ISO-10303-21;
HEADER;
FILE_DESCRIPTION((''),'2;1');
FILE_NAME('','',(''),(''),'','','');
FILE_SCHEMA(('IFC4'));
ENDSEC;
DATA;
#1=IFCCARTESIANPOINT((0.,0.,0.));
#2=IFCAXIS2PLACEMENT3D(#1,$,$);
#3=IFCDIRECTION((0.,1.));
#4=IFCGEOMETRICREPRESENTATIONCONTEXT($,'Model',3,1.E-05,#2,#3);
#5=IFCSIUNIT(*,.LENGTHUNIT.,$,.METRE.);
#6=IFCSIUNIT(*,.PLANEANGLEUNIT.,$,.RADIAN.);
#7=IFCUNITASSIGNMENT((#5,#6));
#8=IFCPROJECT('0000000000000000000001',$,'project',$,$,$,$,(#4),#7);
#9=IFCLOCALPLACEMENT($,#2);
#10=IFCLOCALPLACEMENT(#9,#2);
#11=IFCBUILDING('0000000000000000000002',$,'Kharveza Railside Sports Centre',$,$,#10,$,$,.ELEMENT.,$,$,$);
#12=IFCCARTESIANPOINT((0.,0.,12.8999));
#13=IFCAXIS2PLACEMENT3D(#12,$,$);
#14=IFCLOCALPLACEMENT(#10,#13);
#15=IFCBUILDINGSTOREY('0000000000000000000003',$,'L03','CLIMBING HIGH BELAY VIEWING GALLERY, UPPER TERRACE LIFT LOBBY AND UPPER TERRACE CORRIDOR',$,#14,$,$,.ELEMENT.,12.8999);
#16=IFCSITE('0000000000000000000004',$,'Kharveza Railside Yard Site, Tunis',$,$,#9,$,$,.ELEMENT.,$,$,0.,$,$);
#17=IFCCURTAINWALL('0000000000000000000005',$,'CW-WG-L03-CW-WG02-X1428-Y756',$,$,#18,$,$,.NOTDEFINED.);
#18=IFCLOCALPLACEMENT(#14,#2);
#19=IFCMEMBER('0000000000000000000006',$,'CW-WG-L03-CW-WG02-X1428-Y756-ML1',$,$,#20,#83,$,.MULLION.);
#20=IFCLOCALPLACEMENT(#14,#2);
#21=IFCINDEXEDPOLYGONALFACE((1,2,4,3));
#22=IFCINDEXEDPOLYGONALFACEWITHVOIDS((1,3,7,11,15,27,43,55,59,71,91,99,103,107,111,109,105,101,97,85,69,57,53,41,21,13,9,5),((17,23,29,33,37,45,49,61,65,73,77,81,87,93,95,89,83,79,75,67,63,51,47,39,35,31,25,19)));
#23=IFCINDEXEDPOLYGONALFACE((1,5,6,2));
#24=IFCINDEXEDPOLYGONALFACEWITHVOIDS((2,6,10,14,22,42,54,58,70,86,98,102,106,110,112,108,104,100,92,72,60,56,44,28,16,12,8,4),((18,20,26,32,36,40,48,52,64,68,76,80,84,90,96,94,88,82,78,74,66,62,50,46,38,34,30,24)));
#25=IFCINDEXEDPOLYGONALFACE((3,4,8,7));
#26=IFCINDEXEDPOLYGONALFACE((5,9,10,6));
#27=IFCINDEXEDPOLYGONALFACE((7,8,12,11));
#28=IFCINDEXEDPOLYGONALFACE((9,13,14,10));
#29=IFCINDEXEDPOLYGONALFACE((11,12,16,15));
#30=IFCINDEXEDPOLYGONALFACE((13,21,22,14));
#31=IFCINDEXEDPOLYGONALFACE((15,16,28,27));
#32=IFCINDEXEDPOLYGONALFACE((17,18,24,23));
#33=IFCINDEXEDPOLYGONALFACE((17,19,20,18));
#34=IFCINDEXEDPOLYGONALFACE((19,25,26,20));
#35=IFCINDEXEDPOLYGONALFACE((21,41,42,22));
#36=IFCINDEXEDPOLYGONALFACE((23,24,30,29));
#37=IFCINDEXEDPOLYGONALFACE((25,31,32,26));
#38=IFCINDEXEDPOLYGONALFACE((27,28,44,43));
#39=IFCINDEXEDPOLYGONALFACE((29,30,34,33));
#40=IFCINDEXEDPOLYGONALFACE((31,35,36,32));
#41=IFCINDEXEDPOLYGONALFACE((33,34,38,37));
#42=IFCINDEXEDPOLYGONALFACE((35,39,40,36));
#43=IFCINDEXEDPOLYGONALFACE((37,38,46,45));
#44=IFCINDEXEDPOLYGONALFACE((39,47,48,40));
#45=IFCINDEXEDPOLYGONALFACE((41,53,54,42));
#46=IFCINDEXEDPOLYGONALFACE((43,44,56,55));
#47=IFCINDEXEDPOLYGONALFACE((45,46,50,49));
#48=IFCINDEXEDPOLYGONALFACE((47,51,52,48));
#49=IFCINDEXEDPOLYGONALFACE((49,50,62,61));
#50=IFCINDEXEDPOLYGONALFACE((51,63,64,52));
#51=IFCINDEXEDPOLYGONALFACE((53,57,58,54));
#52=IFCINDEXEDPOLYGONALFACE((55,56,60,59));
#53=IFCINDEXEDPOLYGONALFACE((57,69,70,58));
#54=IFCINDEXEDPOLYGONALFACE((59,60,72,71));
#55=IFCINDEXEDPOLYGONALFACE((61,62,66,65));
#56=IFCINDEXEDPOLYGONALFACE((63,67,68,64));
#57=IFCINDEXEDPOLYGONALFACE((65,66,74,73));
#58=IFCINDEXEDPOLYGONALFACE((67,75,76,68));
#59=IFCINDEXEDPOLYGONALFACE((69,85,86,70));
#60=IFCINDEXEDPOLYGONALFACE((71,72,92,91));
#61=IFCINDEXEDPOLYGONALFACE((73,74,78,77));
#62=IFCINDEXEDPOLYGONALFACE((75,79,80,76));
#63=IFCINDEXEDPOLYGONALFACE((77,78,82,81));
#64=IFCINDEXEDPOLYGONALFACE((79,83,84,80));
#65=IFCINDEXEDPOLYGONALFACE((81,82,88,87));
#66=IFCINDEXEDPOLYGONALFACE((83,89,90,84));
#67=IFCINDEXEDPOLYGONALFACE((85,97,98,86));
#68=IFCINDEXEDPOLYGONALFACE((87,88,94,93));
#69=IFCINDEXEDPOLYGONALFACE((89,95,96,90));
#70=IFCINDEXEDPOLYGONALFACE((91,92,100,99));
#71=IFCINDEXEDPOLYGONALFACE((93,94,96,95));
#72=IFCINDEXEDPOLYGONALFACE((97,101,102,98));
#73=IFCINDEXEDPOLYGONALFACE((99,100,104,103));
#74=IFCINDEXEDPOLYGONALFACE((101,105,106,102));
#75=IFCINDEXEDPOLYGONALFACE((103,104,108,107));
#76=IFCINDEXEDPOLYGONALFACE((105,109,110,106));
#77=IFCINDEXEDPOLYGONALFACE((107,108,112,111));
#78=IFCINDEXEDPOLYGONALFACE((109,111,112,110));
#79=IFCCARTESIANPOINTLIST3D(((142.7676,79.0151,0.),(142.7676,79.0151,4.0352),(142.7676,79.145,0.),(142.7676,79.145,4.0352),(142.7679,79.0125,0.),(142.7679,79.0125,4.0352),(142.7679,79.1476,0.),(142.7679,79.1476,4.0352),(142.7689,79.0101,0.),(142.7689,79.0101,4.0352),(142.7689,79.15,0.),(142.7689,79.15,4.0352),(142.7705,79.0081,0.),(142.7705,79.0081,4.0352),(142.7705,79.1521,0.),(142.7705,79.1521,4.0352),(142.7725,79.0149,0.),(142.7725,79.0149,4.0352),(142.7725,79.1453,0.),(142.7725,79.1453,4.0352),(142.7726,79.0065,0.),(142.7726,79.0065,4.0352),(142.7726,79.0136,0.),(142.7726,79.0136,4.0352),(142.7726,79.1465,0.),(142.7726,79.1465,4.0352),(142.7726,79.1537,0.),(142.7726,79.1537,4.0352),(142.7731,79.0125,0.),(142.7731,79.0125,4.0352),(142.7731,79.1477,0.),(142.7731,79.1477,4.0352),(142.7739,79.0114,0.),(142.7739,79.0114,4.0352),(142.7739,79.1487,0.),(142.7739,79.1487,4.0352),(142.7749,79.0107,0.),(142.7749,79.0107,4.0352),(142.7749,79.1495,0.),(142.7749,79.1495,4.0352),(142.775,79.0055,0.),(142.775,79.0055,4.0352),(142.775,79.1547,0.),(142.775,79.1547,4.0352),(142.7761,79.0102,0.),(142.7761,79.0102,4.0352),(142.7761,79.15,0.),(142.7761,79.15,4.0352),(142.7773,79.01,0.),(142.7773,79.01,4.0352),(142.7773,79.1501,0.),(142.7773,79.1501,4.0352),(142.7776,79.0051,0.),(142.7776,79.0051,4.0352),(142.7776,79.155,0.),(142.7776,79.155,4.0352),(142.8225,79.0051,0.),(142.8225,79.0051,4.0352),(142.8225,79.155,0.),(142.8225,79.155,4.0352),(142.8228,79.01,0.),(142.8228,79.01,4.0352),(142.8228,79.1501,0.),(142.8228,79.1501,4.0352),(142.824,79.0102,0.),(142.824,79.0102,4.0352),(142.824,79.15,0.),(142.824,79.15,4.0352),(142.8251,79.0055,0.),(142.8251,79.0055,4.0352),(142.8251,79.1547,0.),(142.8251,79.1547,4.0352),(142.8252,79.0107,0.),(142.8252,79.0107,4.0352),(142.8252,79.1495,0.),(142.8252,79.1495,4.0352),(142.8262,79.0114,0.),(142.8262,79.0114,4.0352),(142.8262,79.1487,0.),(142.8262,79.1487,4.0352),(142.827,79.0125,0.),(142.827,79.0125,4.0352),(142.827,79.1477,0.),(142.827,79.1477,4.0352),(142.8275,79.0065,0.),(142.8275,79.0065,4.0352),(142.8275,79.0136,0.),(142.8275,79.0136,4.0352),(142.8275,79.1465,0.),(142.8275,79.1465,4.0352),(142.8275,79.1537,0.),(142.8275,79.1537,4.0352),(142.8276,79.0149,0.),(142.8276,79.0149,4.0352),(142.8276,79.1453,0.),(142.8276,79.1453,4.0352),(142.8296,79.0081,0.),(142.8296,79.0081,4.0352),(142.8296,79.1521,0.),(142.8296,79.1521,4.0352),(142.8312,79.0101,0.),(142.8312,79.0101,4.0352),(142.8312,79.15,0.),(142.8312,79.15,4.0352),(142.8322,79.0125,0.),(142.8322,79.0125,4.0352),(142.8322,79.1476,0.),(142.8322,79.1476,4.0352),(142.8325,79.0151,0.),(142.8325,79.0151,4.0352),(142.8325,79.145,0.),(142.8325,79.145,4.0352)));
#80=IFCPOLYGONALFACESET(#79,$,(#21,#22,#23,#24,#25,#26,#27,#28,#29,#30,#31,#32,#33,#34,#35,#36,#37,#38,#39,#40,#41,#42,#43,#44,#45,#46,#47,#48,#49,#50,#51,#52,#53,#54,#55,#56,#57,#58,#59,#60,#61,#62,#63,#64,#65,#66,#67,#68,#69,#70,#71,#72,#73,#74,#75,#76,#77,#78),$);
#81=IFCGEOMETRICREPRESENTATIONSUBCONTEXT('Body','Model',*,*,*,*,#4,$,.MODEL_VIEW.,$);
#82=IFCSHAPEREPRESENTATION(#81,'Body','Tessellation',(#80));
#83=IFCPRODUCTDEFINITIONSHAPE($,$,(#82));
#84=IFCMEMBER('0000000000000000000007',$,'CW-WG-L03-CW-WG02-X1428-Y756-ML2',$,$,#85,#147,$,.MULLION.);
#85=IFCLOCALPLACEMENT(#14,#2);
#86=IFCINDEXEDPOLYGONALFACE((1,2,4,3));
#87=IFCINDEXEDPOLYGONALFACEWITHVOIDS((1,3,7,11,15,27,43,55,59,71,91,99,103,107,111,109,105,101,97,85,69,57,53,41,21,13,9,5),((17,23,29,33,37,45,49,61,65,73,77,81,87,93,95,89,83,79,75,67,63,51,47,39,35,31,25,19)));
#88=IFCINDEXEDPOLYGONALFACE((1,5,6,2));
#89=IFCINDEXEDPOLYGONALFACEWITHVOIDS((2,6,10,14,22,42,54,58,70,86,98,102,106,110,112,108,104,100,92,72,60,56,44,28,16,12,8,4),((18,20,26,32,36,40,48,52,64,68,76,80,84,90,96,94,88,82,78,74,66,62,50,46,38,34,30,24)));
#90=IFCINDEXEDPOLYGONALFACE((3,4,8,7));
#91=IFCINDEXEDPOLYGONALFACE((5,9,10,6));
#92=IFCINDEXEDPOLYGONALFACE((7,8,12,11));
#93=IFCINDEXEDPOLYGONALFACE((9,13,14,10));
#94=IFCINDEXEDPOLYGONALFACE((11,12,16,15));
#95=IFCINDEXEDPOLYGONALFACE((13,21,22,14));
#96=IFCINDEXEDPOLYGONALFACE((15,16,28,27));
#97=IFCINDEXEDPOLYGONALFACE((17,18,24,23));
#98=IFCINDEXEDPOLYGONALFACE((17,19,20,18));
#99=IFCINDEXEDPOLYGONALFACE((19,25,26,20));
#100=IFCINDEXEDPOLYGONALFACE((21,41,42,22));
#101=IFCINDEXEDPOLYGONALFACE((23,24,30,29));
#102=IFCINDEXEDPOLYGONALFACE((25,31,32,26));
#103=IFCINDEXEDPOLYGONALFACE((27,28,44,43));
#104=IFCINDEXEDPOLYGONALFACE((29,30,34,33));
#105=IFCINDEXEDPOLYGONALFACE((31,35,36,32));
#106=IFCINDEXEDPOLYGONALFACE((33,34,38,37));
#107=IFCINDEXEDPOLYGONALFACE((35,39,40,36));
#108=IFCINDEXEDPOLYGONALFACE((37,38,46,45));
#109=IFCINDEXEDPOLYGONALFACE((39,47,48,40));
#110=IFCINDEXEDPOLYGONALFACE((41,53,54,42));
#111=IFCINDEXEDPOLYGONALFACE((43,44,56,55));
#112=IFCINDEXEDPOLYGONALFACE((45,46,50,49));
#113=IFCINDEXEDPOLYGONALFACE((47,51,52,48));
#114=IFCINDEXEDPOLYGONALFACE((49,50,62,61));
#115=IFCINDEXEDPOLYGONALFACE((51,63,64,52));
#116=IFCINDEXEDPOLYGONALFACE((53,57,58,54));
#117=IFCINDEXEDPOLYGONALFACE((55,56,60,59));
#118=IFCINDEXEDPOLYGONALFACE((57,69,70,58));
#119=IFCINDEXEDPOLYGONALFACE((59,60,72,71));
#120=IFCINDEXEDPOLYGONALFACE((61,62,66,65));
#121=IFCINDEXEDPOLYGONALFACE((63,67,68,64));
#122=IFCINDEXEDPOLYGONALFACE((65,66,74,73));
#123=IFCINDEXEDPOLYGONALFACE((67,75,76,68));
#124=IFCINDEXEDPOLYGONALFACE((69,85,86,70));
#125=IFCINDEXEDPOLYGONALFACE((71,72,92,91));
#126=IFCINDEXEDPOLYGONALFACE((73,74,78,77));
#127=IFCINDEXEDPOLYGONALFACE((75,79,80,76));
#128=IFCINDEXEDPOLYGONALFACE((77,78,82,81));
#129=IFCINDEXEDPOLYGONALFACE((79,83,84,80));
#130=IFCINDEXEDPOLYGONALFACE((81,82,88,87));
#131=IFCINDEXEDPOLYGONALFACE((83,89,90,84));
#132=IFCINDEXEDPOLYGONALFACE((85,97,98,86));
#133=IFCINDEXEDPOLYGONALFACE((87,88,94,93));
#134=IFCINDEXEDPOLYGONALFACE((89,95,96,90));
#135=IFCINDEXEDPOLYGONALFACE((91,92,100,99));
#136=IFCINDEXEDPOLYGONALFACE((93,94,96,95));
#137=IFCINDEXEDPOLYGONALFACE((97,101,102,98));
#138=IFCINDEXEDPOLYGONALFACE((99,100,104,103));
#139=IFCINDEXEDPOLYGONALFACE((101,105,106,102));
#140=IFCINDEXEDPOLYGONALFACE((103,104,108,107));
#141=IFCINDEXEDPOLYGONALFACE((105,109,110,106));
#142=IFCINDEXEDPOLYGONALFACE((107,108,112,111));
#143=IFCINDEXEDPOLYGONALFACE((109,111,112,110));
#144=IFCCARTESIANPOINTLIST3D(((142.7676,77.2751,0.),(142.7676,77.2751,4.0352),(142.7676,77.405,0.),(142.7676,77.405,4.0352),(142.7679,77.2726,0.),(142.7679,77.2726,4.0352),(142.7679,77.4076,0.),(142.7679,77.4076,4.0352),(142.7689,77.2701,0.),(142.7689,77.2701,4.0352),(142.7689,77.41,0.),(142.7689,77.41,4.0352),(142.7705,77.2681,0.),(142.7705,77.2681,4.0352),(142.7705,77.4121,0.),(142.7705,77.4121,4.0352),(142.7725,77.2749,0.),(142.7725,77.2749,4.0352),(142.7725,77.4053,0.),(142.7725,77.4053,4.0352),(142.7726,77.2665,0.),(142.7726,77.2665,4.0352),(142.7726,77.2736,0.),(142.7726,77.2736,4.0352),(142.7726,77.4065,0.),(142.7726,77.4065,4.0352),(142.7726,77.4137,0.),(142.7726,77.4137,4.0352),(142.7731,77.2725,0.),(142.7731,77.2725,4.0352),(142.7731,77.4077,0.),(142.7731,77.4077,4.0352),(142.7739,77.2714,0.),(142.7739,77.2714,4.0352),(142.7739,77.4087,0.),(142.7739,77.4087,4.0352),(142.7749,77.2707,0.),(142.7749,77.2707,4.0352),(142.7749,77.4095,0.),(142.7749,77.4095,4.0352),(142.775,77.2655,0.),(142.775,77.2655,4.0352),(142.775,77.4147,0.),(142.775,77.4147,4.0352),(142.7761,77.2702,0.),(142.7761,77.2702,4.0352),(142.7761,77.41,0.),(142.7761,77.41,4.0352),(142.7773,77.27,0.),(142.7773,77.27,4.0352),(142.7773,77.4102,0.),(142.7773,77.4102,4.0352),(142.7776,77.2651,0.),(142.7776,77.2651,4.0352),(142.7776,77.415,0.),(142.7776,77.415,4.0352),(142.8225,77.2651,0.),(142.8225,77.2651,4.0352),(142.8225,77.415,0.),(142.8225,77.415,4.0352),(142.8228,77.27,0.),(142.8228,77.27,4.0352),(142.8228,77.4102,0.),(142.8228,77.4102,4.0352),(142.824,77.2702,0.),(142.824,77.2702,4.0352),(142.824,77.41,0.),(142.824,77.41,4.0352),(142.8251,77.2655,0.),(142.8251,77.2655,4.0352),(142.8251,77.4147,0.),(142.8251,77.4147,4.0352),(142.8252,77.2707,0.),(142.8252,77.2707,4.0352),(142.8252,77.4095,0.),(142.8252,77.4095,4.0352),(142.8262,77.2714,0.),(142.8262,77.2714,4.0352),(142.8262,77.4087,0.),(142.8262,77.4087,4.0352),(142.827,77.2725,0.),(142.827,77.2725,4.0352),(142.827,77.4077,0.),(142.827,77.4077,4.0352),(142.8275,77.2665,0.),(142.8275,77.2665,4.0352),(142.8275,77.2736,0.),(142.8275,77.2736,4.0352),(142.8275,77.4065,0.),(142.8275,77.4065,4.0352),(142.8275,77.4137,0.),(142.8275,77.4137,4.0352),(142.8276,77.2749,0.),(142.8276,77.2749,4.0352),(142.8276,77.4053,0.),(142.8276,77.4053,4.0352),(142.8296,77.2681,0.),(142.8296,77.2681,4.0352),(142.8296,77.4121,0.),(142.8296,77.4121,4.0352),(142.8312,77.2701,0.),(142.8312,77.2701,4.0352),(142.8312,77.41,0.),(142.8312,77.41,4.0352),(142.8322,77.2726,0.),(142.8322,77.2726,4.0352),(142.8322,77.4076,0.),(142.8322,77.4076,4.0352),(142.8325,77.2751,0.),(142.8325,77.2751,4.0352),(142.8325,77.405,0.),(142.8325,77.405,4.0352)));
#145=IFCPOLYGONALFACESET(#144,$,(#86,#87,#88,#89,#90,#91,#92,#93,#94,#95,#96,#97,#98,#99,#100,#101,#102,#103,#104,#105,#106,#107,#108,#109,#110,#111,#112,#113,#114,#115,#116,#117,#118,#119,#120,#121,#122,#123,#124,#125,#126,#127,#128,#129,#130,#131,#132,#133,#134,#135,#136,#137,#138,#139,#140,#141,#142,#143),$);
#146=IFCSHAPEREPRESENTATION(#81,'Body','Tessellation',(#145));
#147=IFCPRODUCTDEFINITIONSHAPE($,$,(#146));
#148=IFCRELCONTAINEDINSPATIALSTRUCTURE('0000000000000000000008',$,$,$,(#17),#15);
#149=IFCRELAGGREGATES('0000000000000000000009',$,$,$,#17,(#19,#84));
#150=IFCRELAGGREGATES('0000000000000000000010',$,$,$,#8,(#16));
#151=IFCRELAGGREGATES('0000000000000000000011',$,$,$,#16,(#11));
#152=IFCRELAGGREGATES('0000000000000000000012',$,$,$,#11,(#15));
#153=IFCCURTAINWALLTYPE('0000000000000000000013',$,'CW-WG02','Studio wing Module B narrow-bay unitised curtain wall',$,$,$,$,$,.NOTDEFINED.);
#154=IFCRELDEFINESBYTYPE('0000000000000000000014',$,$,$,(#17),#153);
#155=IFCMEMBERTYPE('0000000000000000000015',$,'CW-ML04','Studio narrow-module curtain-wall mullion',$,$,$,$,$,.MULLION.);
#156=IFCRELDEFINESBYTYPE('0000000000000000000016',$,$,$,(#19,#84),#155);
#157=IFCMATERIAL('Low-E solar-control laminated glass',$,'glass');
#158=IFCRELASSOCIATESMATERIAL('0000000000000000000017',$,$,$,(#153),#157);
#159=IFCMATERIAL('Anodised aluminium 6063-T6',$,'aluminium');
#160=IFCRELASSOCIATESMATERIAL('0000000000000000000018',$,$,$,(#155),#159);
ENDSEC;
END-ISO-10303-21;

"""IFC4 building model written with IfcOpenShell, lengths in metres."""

from ifc_helpers import new_model, si_unit, direction, frame, origin, origin_2d, place, context, subcontext, project, spatial, hollow_rectangle, extrude, material, material_profile, profile_set, type_object, element, aggregate, save


model = new_model("IFC4")

# Units and contexts
model_context = context("Model", 3, precision=1e-05, world=origin(), true_north=direction((0.0, 1.0)))
body_context = subcontext(model_context, "Body", "Model", "MODEL_VIEW")
ifc_project = project(units=[si_unit("LENGTHUNIT", "METRE"), si_unit("PLANEANGLEUNIT", "RADIAN")], contexts=[model_context])

# Site, building, storey
site_placement = place(None, origin())
site = spatial("IfcSite", under=ifc_project, at=site_placement, Name="Kharveza Railside Yard Site, Tunis", CompositionType="ELEMENT", RefElevation=0.0)
building_placement = place(site_placement, origin())
building = spatial("IfcBuilding", under=site, at=building_placement, Name="Kharveza Railside Sports Centre", CompositionType="ELEMENT")
storey_placement = place(building_placement, frame((0.0, 0.0, 12.8999)))
storey = spatial("IfcBuildingStorey", under=building, at=storey_placement, Name="L03", Description="CLIMBING HIGH BELAY VIEWING GALLERY, UPPER TERRACE LIFT LOBBY AND UPPER TERRACE CORRIDOR", CompositionType="ELEMENT", Elevation=12.8999)

# Curtain wall, members
ifc_material_1 = material(Name="Low-E solar-control laminated glass", Category="glass")
curtain_wall_type = type_object("IfcCurtainWallType", Name="CW-WG02", Description="Studio wing Module B narrow-bay unitised curtain wall", PredefinedType="NOTDEFINED", material=ifc_material_1)
ifc_material_2 = material(Name="Anodised aluminium 6063-T6", Category="aluminium")
ifc_material_profile_1 = material_profile(ifc_material_2, hollow_rectangle(XDim=0.0649, YDim=0.1499, WallThickness=0.0049, InnerFilletRadius=0.0049, OuterFilletRadius=0.01, at=origin_2d()), Name="RHS 65x150x5.0")
ifc_profile_set_1 = profile_set([ifc_material_profile_1], Name="Anodised aluminium 6063-T6")
member_type_1 = type_object("IfcMemberType", Name="CW-ML04", Description="Studio narrow-module curtain-wall mullion", PredefinedType="MULLION", material=ifc_profile_set_1)
curtain_wall_1_placement = place(storey_placement, origin())
curtain_wall_1 = element("IfcCurtainWall", 1, at=curtain_wall_1_placement, inside=storey, type_object=curtain_wall_type, Name="CW-WG-L03-CW-WG02-X1428-Y756", PredefinedType="NOTDEFINED")
member_1_placement = place(storey_placement, frame((142.8, 79.0801, 0.0), z_axis=(0.0, 0.0, 1.0), x_axis=(1.0, 0.0, 0.0)))
member_1 = element("IfcMember", 2, at=member_1_placement, type_object=member_type_1, Name="CW-WG-L03-CW-WG02-X1428-Y756-ML1", PredefinedType="MULLION", context=body_context, shape_type="SweptSolid", body=[
    extrude(hollow_rectangle(XDim=0.0649, YDim=0.1499, WallThickness=0.0049, InnerFilletRadius=0.0049, OuterFilletRadius=0.01, at=origin_2d()), origin(), (0.0, 0.0, 1.0), 4.0352),
])
member_2_placement = place(storey_placement, frame((142.8, 77.3401, 0.0), z_axis=(0.0, 0.0, 1.0), x_axis=(1.0, 0.0, 0.0)))
member_2 = element("IfcMember", 3, at=member_2_placement, type_object=member_type_1, Name="CW-WG-L03-CW-WG02-X1428-Y756-ML2", PredefinedType="MULLION", context=body_context, shape_type="SweptSolid", body=[
    extrude(hollow_rectangle(XDim=0.0649, YDim=0.1499, WallThickness=0.0049, InnerFilletRadius=0.0049, OuterFilletRadius=0.01, at=origin_2d()), origin(), (0.0, 0.0, 1.0), 4.0352),
])

aggregate(curtain_wall_1, [member_1, member_2])

save(model, "model.ifc")
